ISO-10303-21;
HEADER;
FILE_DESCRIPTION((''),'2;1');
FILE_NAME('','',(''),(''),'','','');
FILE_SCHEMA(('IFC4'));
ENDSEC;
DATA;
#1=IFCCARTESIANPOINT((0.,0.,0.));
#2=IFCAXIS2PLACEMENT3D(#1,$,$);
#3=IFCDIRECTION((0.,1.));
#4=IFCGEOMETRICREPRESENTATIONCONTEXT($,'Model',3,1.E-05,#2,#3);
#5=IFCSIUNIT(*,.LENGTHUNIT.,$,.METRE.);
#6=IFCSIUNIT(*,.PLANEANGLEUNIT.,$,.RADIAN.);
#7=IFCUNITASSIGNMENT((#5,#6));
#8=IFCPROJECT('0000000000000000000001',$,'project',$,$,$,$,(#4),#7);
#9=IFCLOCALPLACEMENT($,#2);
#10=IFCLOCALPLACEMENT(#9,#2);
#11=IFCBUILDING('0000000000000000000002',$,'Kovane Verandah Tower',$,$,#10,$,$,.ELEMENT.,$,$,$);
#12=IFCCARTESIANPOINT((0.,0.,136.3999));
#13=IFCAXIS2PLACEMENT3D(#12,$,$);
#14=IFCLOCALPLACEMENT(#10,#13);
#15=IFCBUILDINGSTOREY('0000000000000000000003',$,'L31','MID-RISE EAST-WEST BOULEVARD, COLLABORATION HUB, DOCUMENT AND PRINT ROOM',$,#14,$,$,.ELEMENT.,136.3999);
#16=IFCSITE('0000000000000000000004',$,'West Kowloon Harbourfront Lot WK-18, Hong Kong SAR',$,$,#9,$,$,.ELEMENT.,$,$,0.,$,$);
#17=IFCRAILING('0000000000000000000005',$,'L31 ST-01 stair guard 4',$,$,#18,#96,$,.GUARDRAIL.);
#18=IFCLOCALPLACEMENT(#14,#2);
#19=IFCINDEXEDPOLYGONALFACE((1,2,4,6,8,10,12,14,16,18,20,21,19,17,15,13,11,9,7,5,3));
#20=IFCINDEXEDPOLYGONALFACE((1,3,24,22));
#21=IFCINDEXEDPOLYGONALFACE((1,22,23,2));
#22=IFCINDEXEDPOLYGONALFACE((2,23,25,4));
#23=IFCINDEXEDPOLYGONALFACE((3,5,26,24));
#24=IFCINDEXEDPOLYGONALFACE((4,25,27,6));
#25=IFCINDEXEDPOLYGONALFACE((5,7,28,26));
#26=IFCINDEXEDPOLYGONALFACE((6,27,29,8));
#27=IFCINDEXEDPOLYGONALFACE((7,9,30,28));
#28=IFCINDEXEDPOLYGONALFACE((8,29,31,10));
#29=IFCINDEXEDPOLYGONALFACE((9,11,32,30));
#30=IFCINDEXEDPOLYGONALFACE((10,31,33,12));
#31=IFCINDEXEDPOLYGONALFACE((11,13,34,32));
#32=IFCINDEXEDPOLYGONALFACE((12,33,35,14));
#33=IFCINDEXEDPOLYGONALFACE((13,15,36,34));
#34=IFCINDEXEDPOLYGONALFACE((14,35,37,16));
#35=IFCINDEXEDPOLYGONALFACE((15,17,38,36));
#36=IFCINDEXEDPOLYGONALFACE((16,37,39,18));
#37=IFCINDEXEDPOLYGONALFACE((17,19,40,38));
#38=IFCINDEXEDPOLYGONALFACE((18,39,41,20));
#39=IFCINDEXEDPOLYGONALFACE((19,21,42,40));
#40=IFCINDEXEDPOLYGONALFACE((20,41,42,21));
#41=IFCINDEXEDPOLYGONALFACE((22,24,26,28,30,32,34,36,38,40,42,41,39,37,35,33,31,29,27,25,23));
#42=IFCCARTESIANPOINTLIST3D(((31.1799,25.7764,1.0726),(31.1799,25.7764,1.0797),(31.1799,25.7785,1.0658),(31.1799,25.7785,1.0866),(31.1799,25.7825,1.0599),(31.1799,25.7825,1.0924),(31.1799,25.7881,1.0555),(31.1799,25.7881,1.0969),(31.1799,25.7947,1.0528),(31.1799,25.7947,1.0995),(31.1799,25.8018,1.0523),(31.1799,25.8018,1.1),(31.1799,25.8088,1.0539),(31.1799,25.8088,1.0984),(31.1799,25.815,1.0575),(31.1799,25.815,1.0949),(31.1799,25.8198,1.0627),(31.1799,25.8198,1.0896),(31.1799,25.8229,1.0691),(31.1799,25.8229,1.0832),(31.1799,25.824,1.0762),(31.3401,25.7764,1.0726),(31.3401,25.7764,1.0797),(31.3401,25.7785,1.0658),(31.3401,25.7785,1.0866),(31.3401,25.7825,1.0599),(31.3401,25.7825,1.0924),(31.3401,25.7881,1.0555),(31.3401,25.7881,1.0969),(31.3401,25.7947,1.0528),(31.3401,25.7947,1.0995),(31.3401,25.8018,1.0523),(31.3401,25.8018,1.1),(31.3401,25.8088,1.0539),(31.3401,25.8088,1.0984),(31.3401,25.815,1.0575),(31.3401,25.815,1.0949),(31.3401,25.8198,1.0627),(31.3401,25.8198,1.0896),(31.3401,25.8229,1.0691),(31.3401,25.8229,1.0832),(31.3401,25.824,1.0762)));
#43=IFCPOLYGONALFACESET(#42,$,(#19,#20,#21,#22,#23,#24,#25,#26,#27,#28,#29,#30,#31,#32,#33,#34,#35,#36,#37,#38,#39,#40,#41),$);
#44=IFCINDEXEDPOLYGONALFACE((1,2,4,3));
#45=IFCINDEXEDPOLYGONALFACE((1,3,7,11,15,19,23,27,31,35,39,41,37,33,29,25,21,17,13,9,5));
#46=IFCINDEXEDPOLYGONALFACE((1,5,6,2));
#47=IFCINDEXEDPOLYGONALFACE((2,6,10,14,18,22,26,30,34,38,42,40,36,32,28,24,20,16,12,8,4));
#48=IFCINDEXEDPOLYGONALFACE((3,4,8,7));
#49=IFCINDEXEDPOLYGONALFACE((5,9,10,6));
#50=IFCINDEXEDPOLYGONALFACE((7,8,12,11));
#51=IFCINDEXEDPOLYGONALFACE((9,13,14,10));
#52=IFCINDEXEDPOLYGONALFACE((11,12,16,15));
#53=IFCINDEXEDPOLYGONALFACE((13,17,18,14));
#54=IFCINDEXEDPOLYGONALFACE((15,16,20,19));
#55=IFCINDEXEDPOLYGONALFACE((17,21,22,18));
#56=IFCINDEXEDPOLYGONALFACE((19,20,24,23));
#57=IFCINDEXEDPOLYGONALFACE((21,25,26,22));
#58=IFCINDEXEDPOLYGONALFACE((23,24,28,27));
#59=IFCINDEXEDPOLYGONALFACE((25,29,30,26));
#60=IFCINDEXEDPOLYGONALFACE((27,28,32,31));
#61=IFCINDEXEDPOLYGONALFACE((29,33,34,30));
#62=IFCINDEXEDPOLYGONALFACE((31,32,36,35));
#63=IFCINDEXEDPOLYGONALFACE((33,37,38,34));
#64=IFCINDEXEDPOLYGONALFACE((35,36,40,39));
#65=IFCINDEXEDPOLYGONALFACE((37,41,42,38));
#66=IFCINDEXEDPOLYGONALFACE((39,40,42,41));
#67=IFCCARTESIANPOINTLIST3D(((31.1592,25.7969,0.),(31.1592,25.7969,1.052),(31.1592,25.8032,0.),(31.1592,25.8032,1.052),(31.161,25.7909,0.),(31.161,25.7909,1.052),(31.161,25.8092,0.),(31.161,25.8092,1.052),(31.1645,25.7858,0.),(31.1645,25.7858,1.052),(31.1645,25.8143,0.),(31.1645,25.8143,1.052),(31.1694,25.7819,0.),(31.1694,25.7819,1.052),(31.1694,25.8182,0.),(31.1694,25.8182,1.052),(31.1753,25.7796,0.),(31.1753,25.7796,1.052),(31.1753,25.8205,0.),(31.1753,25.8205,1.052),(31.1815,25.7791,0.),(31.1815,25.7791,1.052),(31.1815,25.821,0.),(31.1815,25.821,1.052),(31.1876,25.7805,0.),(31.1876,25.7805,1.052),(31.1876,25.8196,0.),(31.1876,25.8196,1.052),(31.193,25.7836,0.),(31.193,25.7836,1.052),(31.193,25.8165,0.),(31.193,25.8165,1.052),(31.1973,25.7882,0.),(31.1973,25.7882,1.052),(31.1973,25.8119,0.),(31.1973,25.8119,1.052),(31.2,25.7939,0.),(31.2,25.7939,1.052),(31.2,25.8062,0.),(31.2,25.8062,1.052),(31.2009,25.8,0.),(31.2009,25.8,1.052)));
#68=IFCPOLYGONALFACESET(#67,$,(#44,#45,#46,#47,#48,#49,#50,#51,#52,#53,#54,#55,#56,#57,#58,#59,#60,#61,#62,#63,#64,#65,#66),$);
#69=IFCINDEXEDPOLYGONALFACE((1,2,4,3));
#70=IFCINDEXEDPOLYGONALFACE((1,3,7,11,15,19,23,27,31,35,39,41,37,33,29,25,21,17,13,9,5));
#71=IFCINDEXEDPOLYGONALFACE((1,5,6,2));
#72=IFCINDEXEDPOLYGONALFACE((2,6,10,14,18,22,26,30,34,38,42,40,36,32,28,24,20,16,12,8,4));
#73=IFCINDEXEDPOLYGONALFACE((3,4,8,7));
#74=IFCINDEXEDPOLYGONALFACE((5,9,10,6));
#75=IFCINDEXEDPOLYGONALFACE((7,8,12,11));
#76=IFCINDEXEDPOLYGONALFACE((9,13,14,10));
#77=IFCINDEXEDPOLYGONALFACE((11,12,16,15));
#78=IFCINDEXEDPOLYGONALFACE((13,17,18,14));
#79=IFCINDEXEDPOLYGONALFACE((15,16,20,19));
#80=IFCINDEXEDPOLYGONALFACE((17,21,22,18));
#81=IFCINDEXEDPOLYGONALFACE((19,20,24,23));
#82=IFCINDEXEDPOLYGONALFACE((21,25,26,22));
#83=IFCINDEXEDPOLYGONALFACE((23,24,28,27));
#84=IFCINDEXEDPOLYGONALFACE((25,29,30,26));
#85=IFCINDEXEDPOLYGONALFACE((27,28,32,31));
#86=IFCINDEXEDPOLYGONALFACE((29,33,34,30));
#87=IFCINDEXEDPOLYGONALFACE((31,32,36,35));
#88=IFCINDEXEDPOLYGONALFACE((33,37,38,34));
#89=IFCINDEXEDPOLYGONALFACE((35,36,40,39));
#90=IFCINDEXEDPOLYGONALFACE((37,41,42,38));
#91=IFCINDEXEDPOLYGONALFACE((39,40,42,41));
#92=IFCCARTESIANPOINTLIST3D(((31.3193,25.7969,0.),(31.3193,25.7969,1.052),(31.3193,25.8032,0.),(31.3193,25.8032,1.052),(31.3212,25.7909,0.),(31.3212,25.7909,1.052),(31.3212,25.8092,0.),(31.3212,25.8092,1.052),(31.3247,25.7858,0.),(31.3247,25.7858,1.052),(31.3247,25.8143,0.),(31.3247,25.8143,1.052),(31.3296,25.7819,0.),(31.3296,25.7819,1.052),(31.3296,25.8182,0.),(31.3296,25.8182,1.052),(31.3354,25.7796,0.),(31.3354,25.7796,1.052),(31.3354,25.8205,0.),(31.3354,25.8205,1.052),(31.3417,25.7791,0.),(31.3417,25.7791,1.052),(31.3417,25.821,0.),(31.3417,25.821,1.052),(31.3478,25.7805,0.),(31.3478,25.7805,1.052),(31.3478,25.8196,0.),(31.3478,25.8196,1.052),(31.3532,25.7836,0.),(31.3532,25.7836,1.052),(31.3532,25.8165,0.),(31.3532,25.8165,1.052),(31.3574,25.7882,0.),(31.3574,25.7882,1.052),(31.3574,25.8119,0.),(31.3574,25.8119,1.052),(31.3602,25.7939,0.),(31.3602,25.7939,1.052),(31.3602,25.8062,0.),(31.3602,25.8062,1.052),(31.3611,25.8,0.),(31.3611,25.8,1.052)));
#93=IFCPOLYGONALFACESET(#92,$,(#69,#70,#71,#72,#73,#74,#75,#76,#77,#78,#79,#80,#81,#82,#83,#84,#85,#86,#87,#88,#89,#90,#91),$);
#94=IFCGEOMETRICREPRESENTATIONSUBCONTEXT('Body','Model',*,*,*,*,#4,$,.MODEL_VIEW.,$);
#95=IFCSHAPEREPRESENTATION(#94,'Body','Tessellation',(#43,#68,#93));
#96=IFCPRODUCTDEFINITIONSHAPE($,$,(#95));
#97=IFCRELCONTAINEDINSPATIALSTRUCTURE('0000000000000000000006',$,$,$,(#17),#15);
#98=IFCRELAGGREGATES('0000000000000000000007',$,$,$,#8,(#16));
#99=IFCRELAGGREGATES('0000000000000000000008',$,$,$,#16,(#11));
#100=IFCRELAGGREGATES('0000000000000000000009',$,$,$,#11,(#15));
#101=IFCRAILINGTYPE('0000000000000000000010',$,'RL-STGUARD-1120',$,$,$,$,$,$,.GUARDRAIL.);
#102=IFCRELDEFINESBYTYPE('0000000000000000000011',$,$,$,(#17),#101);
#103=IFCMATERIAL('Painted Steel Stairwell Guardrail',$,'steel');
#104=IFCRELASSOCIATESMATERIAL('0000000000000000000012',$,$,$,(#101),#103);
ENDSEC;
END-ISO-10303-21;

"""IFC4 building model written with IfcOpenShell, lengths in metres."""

from ifc_helpers import new_model, si_unit, direction, frame, origin, origin_2d, place, context, subcontext, project, spatial, circle, extrude, material, type_object, element, save


model = new_model("IFC4")

# Units and contexts
model_context = context("Model", 3, precision=1e-05, world=origin(), true_north=direction((0.0, 1.0)))
body_context = subcontext(model_context, "Body", "Model", "MODEL_VIEW")
ifc_project = project(units=[si_unit("LENGTHUNIT", "METRE"), si_unit("PLANEANGLEUNIT", "RADIAN")], contexts=[model_context])

# Site, building, storey
site_placement = place(None, origin())
site = spatial("IfcSite", under=ifc_project, at=site_placement, Name="West Kowloon Harbourfront Lot WK-18, Hong Kong SAR", CompositionType="ELEMENT", RefElevation=0.0)
building_placement = place(site_placement, origin())
building = spatial("IfcBuilding", under=site, at=building_placement, Name="Kovane Verandah Tower", CompositionType="ELEMENT")
storey_placement = place(building_placement, frame((0.0, 0.0, 136.3999)))
storey = spatial("IfcBuildingStorey", under=building, at=storey_placement, Name="L31", Description="MID-RISE EAST-WEST BOULEVARD, COLLABORATION HUB, DOCUMENT AND PRINT ROOM", CompositionType="ELEMENT", Elevation=136.3999)

# Railing
ifc_material_1 = material(Name="Painted Steel Stairwell Guardrail", Category="steel")
railing_type_1 = type_object("IfcRailingType", Name="RL-STGUARD-1120", PredefinedType="GUARDRAIL", material=ifc_material_1)
railing_1_placement = place(storey_placement, frame((31.1799, 25.8, 0.0)))
element("IfcRailing", 1, at=railing_1_placement, inside=storey, type_object=railing_type_1, Name="L31 ST-01 stair guard 4", PredefinedType="GUARDRAIL", context=body_context, shape_type="SweptSolid", body=[
    extrude(circle(Radius=0.0239, at=origin_2d()), frame((0.0, 0.0, 1.0762), z_axis=(1.0, 0.0, 0.0), x_axis=(0.0, 1.0, 0.0)), (0.0, 0.0, 1.0), 0.1602),
    extrude(circle(Radius=0.021, at=origin_2d()), origin(), (0.0, 0.0, 1.0), 1.052),
    extrude(circle(Radius=0.021, at=origin_2d()), frame((0.1602, 0.0, 0.0)), (0.0, 0.0, 1.0), 1.052),
])

save(model, "model.ifc")
